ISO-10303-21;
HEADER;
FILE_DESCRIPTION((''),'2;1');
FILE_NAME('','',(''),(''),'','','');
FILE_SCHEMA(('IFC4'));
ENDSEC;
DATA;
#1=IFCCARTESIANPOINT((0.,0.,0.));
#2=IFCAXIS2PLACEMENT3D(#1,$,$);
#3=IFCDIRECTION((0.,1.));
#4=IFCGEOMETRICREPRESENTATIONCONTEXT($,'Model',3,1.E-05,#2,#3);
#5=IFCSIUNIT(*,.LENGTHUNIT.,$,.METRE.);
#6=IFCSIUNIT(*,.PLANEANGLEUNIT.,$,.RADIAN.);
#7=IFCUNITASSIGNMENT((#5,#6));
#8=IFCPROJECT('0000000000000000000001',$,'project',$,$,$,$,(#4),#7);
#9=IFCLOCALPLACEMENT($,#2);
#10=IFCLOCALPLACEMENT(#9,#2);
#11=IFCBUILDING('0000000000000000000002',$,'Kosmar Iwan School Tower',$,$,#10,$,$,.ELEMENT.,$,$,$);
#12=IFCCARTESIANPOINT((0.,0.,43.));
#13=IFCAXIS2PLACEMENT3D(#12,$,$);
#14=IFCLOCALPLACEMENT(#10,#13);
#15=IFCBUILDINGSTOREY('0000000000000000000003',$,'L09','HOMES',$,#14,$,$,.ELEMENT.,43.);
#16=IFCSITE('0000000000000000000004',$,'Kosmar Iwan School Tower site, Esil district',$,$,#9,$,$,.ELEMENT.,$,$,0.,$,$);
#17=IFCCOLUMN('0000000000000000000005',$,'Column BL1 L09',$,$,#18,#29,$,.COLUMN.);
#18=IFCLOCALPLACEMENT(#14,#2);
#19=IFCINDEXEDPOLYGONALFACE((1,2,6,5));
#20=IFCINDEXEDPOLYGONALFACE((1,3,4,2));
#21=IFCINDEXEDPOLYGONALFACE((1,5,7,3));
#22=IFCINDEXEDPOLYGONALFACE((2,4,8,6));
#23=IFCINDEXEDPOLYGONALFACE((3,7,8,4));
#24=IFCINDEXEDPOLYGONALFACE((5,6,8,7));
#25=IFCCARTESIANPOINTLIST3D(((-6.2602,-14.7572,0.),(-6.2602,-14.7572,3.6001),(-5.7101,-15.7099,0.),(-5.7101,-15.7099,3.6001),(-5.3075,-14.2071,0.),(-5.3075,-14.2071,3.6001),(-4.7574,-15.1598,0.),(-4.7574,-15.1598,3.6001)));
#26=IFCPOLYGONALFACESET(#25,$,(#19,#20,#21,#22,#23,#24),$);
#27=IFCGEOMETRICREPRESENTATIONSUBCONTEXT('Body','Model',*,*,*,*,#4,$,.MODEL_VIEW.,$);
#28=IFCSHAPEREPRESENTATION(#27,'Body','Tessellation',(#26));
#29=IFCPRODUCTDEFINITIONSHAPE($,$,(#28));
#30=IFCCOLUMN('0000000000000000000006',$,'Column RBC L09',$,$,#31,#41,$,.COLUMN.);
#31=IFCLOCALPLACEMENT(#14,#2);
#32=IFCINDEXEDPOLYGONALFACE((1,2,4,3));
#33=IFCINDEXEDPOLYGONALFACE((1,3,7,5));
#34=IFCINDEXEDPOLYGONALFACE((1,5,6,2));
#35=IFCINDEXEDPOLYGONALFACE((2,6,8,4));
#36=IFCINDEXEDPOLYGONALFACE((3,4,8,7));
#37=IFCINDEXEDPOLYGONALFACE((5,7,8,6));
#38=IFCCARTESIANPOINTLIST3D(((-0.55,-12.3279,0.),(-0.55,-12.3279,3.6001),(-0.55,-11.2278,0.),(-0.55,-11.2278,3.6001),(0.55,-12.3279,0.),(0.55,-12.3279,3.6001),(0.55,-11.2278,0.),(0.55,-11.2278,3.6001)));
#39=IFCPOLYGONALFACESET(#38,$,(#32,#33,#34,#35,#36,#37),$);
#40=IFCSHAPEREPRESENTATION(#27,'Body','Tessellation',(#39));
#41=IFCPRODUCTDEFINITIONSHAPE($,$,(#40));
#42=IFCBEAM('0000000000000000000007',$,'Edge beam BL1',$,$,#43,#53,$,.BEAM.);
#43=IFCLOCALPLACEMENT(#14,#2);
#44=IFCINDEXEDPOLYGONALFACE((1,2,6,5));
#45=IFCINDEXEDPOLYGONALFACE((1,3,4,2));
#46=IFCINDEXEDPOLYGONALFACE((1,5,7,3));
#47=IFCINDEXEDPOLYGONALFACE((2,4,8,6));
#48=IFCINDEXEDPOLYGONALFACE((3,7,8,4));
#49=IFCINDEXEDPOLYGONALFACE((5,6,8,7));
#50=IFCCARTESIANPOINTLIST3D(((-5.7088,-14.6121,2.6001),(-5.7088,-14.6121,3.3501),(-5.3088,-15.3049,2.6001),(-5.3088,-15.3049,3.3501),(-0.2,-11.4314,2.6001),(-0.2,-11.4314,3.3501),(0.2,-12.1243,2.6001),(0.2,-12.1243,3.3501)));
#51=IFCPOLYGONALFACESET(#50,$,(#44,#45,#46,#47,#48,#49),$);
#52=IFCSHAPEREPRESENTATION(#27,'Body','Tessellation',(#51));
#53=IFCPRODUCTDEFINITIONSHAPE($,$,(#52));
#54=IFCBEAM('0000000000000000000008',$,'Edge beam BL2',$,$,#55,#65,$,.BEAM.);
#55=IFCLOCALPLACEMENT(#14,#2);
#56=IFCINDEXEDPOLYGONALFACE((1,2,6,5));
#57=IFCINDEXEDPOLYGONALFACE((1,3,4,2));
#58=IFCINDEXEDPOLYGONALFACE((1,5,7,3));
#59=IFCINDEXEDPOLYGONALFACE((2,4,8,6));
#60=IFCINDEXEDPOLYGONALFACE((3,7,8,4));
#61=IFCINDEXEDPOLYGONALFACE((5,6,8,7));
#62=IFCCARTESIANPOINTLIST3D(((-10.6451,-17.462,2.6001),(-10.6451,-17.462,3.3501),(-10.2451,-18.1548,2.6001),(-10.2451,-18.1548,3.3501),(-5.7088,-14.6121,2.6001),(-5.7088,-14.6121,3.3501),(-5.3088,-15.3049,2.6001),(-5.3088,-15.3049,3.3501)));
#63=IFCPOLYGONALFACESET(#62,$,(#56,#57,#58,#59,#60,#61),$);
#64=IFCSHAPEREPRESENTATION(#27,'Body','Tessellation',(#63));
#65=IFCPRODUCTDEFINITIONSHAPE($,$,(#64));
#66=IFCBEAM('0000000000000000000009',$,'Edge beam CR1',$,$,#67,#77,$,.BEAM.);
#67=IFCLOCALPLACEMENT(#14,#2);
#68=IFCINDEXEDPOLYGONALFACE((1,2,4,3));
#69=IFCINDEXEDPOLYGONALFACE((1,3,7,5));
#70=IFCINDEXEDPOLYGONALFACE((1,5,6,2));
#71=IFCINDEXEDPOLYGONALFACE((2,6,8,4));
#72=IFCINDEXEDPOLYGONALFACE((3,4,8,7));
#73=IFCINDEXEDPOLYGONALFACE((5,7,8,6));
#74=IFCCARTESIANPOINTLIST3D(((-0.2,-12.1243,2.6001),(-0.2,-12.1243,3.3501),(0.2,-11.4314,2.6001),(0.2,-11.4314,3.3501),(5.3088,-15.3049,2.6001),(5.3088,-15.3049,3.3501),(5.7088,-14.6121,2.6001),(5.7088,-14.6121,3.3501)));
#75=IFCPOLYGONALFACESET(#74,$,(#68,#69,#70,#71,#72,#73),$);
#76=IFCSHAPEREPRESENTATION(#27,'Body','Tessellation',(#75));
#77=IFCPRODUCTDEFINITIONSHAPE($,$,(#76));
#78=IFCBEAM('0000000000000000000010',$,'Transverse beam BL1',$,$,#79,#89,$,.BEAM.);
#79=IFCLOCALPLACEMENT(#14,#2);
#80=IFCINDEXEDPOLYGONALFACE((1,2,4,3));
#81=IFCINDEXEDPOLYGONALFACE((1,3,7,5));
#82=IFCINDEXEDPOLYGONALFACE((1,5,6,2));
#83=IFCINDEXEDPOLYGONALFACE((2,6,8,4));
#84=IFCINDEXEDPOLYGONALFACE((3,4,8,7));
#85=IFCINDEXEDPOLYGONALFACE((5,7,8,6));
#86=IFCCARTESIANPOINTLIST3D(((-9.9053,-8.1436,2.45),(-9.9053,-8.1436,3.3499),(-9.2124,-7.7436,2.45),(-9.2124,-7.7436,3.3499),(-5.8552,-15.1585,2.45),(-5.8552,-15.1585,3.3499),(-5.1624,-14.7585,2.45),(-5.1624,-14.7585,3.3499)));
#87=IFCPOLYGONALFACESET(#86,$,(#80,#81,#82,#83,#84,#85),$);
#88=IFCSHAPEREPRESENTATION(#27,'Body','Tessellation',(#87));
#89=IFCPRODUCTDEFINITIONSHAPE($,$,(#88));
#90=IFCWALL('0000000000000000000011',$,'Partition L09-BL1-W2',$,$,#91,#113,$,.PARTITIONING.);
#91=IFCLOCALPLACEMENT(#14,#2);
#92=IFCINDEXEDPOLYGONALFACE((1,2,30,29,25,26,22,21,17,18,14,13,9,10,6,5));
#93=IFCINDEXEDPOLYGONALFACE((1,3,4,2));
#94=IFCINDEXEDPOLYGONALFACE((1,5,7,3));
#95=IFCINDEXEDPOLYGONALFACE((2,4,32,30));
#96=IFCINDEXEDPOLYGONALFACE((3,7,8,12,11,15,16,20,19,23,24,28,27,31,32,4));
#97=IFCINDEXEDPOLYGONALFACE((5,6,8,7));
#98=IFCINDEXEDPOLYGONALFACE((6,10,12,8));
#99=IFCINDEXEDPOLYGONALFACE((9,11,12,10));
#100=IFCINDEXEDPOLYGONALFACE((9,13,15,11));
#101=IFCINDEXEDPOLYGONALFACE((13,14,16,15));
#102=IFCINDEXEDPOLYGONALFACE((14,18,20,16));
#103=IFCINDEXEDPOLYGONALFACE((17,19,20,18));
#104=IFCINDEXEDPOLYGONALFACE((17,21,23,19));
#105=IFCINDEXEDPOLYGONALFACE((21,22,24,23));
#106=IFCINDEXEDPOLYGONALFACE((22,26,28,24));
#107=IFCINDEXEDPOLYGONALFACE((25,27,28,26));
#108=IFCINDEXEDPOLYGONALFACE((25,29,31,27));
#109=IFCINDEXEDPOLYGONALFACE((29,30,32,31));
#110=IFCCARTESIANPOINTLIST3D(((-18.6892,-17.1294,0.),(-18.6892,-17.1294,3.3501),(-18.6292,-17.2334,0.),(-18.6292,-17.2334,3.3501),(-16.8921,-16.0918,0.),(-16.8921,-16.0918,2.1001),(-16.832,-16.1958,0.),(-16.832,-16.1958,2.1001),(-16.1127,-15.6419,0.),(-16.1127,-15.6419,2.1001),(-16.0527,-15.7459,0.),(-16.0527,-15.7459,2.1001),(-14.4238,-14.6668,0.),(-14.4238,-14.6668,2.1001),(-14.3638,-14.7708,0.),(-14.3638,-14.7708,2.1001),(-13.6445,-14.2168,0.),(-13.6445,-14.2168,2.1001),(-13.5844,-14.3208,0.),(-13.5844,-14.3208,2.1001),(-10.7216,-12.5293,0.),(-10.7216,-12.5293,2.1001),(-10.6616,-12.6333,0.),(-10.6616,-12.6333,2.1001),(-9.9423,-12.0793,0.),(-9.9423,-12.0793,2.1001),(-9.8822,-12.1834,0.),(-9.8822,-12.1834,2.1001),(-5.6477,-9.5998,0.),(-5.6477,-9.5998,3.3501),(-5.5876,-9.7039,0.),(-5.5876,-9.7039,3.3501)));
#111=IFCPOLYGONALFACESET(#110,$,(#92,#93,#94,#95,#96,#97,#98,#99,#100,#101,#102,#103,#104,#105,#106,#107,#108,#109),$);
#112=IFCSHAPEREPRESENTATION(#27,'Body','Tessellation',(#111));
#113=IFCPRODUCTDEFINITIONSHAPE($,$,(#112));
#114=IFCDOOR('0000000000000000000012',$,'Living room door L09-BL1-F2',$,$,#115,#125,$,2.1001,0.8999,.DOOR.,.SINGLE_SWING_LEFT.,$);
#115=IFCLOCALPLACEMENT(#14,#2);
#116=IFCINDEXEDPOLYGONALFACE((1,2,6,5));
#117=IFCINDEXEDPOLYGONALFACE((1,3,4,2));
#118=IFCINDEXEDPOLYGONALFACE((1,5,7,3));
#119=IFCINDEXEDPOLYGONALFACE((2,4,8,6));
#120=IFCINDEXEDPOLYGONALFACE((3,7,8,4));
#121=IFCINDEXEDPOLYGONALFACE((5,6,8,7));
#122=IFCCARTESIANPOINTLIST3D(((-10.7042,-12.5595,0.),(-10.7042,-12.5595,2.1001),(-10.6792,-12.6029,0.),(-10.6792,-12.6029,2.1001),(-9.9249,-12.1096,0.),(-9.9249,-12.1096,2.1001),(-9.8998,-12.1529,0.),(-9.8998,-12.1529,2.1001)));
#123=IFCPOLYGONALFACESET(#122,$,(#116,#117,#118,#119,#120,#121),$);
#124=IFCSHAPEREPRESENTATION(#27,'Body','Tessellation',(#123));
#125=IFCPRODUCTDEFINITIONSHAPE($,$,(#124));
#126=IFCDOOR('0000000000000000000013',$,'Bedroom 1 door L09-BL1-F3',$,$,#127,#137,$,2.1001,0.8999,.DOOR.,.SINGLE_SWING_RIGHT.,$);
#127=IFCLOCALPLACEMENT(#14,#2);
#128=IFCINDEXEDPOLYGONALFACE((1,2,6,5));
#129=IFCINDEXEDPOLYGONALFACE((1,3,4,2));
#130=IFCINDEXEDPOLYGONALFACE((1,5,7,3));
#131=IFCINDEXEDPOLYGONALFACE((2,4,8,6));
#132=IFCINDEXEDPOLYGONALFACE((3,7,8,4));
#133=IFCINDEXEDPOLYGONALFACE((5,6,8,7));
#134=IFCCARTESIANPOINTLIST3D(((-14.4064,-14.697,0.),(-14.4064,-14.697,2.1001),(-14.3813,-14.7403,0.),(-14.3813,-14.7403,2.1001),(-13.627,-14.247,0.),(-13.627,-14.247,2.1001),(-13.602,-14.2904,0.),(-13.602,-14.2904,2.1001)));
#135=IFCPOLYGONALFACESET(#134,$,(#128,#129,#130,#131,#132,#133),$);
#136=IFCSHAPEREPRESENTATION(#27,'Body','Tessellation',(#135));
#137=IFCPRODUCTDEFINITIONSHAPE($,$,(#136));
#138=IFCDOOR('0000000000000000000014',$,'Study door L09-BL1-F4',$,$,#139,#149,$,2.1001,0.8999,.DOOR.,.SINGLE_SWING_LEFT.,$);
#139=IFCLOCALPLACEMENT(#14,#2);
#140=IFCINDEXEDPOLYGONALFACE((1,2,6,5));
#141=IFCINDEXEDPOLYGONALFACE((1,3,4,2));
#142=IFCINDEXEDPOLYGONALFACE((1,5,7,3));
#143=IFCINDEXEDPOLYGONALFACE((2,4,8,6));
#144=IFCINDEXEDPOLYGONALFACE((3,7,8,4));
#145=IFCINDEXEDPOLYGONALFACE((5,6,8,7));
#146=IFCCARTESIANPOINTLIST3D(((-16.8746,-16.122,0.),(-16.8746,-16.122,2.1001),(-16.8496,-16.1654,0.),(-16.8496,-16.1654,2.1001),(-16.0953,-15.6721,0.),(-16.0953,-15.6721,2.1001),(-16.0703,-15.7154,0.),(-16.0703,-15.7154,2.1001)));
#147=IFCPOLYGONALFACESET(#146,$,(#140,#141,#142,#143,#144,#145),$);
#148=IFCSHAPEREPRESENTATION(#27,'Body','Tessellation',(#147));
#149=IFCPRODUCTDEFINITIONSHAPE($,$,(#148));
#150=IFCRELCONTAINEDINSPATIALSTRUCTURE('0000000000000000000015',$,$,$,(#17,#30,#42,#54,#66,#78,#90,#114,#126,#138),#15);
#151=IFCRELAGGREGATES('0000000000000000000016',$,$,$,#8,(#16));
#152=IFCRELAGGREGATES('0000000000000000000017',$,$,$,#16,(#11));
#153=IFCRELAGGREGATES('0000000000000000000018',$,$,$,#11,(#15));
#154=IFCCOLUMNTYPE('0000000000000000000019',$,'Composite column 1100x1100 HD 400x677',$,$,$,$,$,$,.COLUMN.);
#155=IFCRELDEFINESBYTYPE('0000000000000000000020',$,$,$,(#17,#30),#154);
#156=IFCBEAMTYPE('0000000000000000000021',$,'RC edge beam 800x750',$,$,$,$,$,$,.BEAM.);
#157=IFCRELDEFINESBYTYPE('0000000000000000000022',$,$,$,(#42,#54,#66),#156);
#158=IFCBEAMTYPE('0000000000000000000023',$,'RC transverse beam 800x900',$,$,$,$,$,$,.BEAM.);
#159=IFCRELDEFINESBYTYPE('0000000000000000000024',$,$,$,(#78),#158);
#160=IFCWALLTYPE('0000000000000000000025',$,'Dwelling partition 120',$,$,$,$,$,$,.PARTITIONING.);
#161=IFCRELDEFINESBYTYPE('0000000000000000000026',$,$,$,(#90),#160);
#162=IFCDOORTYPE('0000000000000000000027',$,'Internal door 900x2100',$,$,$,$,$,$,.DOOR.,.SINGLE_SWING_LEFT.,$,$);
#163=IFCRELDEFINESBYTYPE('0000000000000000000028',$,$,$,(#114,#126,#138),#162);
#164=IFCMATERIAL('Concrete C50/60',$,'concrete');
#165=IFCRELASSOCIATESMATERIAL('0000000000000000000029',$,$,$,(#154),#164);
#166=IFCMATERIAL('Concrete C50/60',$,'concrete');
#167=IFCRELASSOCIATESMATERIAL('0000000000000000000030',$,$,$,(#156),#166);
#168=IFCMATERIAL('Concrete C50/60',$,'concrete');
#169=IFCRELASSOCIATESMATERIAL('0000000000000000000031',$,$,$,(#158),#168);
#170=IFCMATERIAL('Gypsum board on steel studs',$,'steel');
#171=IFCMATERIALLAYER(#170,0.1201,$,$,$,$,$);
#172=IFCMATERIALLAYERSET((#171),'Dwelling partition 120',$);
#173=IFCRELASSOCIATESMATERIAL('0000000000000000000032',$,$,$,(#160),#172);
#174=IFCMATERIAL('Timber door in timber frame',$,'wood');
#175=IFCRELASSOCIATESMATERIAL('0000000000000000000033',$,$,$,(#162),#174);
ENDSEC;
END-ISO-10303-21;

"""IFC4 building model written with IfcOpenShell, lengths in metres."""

from ifc_helpers import new_model, si_unit, direction, frame, frame_2d, origin, origin_2d, place, context, subcontext, project, spatial, rectangle, extrude, material, layer, layer_set, material_profile, profile_set, type_object, element, fill, save


model = new_model("IFC4")

# Units and contexts
model_context = context("Model", 3, precision=1e-05, world=origin(), true_north=direction((0.0, 1.0)))
body_context = subcontext(model_context, "Body", "Model", "MODEL_VIEW")
ifc_project = project(units=[si_unit("LENGTHUNIT", "METRE"), si_unit("PLANEANGLEUNIT", "RADIAN")], contexts=[model_context])

# Site, building, storey
site_placement = place(None, origin())
site = spatial("IfcSite", under=ifc_project, at=site_placement, Name="Kosmar Iwan School Tower site, Esil district", CompositionType="ELEMENT", RefElevation=0.0)
building_placement = place(site_placement, origin())
building = spatial("IfcBuilding", under=site, at=building_placement, Name="Kosmar Iwan School Tower", CompositionType="ELEMENT")
storey_placement = place(building_placement, frame((0.0, 0.0, 43.0)))
storey = spatial("IfcBuildingStorey", under=building, at=storey_placement, Name="L09", Description="HOMES", CompositionType="ELEMENT", Elevation=43.0)

# Columns
ifc_material_1 = material(Name="Concrete C50/60", Category="concrete")
ifc_material_profile_1 = material_profile(ifc_material_1, rectangle(XDim=1.1001, YDim=1.1001, at=origin_2d()), Name="RC 1100x1100 + HD 400x677")
ifc_profile_set_1 = profile_set([ifc_material_profile_1], Name="Concrete C50/60")
column_type = type_object("IfcColumnType", Name="Composite column 1100x1100 HD 400x677", PredefinedType="COLUMN", material=ifc_profile_set_1)
for number, where, z_axis, x_axis, name in (
    (1, (-5.5088, -14.9585, 0.0), (0.0, 0.0, 1.0), (-0.866025, -0.5, 0.0), "Column BL1 L09"),
    (2, (0.0, -11.7778, 0.0), (0.0, 0.0, 1.0), (1.0, 0.0, 0.0), "Column RBC L09"),
):
    element("IfcColumn", number, at=place(storey_placement, frame(where, z_axis=z_axis, x_axis=x_axis)), inside=storey, type_object=column_type, Name=name, PredefinedType="COLUMN", context=body_context, shape_type="SweptSolid", body=[
        extrude(rectangle(XDim=1.1001, YDim=1.1001, at=origin_2d()), origin(), (0.0, 0.0, 1.0), 3.6001),
    ])

# Beams
ifc_material_2 = material(Name="Concrete C50/60", Category="concrete")
ifc_material_profile_2 = material_profile(ifc_material_2, rectangle(XDim=0.8, YDim=0.75, at=origin_2d()), Name="RC 800x750")
ifc_profile_set_2 = profile_set([ifc_material_profile_2], Name="Concrete C50/60")
beam_type_1 = type_object("IfcBeamType", Name="RC edge beam 800x750", PredefinedType="BEAM", material=ifc_profile_set_2)
beam_1_placement = place(storey_placement, frame((0.0, -11.7778, 2.9751), z_axis=(-0.866014, -0.500019, 0.0), x_axis=(0.500019, -0.866014, 0.0)))
element("IfcBeam", 3, at=beam_1_placement, inside=storey, type_object=beam_type_1, Name="Edge beam BL1", PredefinedType="BEAM", context=body_context, shape_type="SweptSolid", body=[
    extrude(rectangle(XDim=0.8, YDim=0.75, at=origin_2d()), origin(), (0.0, 0.0, 1.0), 6.3611),
])
beam_2_placement = place(storey_placement, frame((-5.5088, -14.9585, 2.9751), z_axis=(-0.866034, -0.499986, 0.0), x_axis=(0.499986, -0.866034, 0.0)))
element("IfcBeam", 4, at=beam_2_placement, inside=storey, type_object=beam_type_1, Name="Edge beam BL2", PredefinedType="BEAM", context=body_context, shape_type="SweptSolid", body=[
    extrude(rectangle(XDim=0.8, YDim=0.75, at=origin_2d()), origin(), (0.0, 0.0, 1.0), 5.7),
])
beam_3_placement = place(storey_placement, frame((0.0, -11.7778, 2.9751), z_axis=(0.866014, -0.500019, 0.0), x_axis=(0.500019, 0.866014, 0.0)))
element("IfcBeam", 5, at=beam_3_placement, inside=storey, type_object=beam_type_1, Name="Edge beam CR1", PredefinedType="BEAM", context=body_context, shape_type="SweptSolid", body=[
    extrude(rectangle(XDim=0.8, YDim=0.75, at=origin_2d()), origin(), (0.0, 0.0, 1.0), 6.3611),
])
ifc_material_3 = material(Name="Concrete C50/60", Category="concrete")
ifc_material_profile_3 = material_profile(ifc_material_3, rectangle(XDim=0.8, YDim=0.8999, at=origin_2d()), Name="RC 800x900")
ifc_profile_set_3 = profile_set([ifc_material_profile_3], Name="Concrete C50/60")
beam_type_2 = type_object("IfcBeamType", Name="RC transverse beam 800x900", PredefinedType="BEAM", material=ifc_profile_set_3)
beam_4_placement = place(storey_placement, frame((-5.5088, -14.9585, 2.8999), z_axis=(-0.5, 0.866025, 0.0), x_axis=(-0.866025, -0.5, 0.0)))
element("IfcBeam", 6, at=beam_4_placement, inside=storey, type_object=beam_type_2, Name="Transverse beam BL1", PredefinedType="BEAM", context=body_context, shape_type="SweptSolid", body=[
    extrude(rectangle(XDim=0.8, YDim=0.8999, at=origin_2d()), origin(), (0.0, 0.0, 1.0), 8.1001),
])

# Wall, openings, doors
ifc_material_4 = material(Name="Gypsum board on steel studs", Category="steel")
ifc_layer_1 = layer(ifc_material_4, 0.1201)
ifc_layer_set_1 = layer_set([ifc_layer_1], Name="Dwelling partition 120")
wall_type_1 = type_object("IfcWallType", Name="Dwelling partition 120", PredefinedType="PARTITIONING", material=ifc_layer_set_1)
wall_1_placement = place(storey_placement, frame((-5.6177, -9.6519, 0.0), z_axis=(0.0, 0.0, 1.0), x_axis=(-0.866025, -0.500001, 0.0)))
wall_1 = element("IfcWall", 7, at=wall_1_placement, inside=storey, type_object=wall_type_1, Name="Partition L09-BL1-W2", PredefinedType="PARTITIONING", context=body_context, shape_type="SweptSolid", body=[
    extrude(rectangle(XDim=15.0591, YDim=0.1201, at=frame_2d((7.5295, 0.0))), origin(), (0.0, 0.0, 1.0), 3.3501),
])
opening_1_placement = place(wall_1_placement, frame((4.959, 0.0, 0.0)))
opening_1 = element("IfcOpeningElement", 8, at=opening_1_placement, cuts=wall_1, PredefinedType="OPENING", context=body_context, shape_type="SweptSolid", body=[
    extrude(rectangle(XDim=0.8999, YDim=2.1001, at=frame_2d((0.45, 1.05))), frame((0.0, 0.072, 0.0), z_axis=(0.0, -1.0, 0.0), x_axis=(1.0, 0.0, 0.0)), (0.0, 0.0, 1.0), 0.144),
])
opening_2_placement = place(wall_1_placement, frame((9.2339, 0.0, 0.0)))
opening_2 = element("IfcOpeningElement", 9, at=opening_2_placement, cuts=wall_1, PredefinedType="OPENING", context=body_context, shape_type="SweptSolid", body=[
    extrude(rectangle(XDim=0.8999, YDim=2.1001, at=frame_2d((0.45, 1.05))), frame((0.0, 0.072, 0.0), z_axis=(0.0, -1.0, 0.0), x_axis=(1.0, 0.0, 0.0)), (0.0, 0.0, 1.0), 0.144),
])
opening_3_placement = place(wall_1_placement, frame((12.084, 0.0, 0.0)))
opening_3 = element("IfcOpeningElement", 10, at=opening_3_placement, cuts=wall_1, PredefinedType="OPENING", context=body_context, shape_type="SweptSolid", body=[
    extrude(rectangle(XDim=0.8999, YDim=2.1001, at=frame_2d((0.45, 1.05))), frame((0.0, 0.072, 0.0), z_axis=(0.0, -1.0, 0.0), x_axis=(1.0, 0.0, 0.0)), (0.0, 0.0, 1.0), 0.144),
])
ifc_material_5 = material(Name="Timber door in timber frame", Category="wood")
door_type_1 = type_object("IfcDoorType", Name="Internal door 900x2100", OperationType="SINGLE_SWING_LEFT", PredefinedType="DOOR", material=ifc_material_5)
door_1_placement = place(opening_1_placement, origin())
door_1 = element("IfcDoor", 11, at=door_1_placement, inside=storey, type_object=door_type_1, Name="Living room door L09-BL1-F2", OperationType="SINGLE_SWING_LEFT", OverallHeight=2.1001, OverallWidth=0.8999, PredefinedType="DOOR", context=body_context, shape_type="SweptSolid", body=[
    extrude(rectangle(XDim=0.8999, YDim=2.1001, at=frame_2d((0.45, 1.05))), frame((0.0, 0.0249, 0.0), z_axis=(0.0, -1.0, 0.0), x_axis=(1.0, 0.0, 0.0)), (0.0, 0.0, 1.0), 0.05),
])
fill(opening_1, door_1)
door_2_placement = place(opening_2_placement, origin())
door_2 = element("IfcDoor", 12, at=door_2_placement, inside=storey, type_object=door_type_1, Name="Bedroom 1 door L09-BL1-F3", OperationType="SINGLE_SWING_RIGHT", OverallHeight=2.1001, OverallWidth=0.8999, PredefinedType="DOOR", context=body_context, shape_type="SweptSolid", body=[
    extrude(rectangle(XDim=0.8999, YDim=2.1001, at=frame_2d((0.45, 1.05))), frame((0.0, 0.0249, 0.0), z_axis=(0.0, -1.0, 0.0), x_axis=(1.0, 0.0, 0.0)), (0.0, 0.0, 1.0), 0.05),
])
fill(opening_2, door_2)
door_3_placement = place(opening_3_placement, origin())
door_3 = element("IfcDoor", 13, at=door_3_placement, inside=storey, type_object=door_type_1, Name="Study door L09-BL1-F4", OperationType="SINGLE_SWING_LEFT", OverallHeight=2.1001, OverallWidth=0.8999, PredefinedType="DOOR", context=body_context, shape_type="SweptSolid", body=[
    extrude(rectangle(XDim=0.8999, YDim=2.1001, at=frame_2d((0.45, 1.05))), frame((0.0, 0.0249, 0.0), z_axis=(0.0, -1.0, 0.0), x_axis=(1.0, 0.0, 0.0)), (0.0, 0.0, 1.0), 0.05),
])
fill(opening_3, door_3)

save(model, "model.ifc")
